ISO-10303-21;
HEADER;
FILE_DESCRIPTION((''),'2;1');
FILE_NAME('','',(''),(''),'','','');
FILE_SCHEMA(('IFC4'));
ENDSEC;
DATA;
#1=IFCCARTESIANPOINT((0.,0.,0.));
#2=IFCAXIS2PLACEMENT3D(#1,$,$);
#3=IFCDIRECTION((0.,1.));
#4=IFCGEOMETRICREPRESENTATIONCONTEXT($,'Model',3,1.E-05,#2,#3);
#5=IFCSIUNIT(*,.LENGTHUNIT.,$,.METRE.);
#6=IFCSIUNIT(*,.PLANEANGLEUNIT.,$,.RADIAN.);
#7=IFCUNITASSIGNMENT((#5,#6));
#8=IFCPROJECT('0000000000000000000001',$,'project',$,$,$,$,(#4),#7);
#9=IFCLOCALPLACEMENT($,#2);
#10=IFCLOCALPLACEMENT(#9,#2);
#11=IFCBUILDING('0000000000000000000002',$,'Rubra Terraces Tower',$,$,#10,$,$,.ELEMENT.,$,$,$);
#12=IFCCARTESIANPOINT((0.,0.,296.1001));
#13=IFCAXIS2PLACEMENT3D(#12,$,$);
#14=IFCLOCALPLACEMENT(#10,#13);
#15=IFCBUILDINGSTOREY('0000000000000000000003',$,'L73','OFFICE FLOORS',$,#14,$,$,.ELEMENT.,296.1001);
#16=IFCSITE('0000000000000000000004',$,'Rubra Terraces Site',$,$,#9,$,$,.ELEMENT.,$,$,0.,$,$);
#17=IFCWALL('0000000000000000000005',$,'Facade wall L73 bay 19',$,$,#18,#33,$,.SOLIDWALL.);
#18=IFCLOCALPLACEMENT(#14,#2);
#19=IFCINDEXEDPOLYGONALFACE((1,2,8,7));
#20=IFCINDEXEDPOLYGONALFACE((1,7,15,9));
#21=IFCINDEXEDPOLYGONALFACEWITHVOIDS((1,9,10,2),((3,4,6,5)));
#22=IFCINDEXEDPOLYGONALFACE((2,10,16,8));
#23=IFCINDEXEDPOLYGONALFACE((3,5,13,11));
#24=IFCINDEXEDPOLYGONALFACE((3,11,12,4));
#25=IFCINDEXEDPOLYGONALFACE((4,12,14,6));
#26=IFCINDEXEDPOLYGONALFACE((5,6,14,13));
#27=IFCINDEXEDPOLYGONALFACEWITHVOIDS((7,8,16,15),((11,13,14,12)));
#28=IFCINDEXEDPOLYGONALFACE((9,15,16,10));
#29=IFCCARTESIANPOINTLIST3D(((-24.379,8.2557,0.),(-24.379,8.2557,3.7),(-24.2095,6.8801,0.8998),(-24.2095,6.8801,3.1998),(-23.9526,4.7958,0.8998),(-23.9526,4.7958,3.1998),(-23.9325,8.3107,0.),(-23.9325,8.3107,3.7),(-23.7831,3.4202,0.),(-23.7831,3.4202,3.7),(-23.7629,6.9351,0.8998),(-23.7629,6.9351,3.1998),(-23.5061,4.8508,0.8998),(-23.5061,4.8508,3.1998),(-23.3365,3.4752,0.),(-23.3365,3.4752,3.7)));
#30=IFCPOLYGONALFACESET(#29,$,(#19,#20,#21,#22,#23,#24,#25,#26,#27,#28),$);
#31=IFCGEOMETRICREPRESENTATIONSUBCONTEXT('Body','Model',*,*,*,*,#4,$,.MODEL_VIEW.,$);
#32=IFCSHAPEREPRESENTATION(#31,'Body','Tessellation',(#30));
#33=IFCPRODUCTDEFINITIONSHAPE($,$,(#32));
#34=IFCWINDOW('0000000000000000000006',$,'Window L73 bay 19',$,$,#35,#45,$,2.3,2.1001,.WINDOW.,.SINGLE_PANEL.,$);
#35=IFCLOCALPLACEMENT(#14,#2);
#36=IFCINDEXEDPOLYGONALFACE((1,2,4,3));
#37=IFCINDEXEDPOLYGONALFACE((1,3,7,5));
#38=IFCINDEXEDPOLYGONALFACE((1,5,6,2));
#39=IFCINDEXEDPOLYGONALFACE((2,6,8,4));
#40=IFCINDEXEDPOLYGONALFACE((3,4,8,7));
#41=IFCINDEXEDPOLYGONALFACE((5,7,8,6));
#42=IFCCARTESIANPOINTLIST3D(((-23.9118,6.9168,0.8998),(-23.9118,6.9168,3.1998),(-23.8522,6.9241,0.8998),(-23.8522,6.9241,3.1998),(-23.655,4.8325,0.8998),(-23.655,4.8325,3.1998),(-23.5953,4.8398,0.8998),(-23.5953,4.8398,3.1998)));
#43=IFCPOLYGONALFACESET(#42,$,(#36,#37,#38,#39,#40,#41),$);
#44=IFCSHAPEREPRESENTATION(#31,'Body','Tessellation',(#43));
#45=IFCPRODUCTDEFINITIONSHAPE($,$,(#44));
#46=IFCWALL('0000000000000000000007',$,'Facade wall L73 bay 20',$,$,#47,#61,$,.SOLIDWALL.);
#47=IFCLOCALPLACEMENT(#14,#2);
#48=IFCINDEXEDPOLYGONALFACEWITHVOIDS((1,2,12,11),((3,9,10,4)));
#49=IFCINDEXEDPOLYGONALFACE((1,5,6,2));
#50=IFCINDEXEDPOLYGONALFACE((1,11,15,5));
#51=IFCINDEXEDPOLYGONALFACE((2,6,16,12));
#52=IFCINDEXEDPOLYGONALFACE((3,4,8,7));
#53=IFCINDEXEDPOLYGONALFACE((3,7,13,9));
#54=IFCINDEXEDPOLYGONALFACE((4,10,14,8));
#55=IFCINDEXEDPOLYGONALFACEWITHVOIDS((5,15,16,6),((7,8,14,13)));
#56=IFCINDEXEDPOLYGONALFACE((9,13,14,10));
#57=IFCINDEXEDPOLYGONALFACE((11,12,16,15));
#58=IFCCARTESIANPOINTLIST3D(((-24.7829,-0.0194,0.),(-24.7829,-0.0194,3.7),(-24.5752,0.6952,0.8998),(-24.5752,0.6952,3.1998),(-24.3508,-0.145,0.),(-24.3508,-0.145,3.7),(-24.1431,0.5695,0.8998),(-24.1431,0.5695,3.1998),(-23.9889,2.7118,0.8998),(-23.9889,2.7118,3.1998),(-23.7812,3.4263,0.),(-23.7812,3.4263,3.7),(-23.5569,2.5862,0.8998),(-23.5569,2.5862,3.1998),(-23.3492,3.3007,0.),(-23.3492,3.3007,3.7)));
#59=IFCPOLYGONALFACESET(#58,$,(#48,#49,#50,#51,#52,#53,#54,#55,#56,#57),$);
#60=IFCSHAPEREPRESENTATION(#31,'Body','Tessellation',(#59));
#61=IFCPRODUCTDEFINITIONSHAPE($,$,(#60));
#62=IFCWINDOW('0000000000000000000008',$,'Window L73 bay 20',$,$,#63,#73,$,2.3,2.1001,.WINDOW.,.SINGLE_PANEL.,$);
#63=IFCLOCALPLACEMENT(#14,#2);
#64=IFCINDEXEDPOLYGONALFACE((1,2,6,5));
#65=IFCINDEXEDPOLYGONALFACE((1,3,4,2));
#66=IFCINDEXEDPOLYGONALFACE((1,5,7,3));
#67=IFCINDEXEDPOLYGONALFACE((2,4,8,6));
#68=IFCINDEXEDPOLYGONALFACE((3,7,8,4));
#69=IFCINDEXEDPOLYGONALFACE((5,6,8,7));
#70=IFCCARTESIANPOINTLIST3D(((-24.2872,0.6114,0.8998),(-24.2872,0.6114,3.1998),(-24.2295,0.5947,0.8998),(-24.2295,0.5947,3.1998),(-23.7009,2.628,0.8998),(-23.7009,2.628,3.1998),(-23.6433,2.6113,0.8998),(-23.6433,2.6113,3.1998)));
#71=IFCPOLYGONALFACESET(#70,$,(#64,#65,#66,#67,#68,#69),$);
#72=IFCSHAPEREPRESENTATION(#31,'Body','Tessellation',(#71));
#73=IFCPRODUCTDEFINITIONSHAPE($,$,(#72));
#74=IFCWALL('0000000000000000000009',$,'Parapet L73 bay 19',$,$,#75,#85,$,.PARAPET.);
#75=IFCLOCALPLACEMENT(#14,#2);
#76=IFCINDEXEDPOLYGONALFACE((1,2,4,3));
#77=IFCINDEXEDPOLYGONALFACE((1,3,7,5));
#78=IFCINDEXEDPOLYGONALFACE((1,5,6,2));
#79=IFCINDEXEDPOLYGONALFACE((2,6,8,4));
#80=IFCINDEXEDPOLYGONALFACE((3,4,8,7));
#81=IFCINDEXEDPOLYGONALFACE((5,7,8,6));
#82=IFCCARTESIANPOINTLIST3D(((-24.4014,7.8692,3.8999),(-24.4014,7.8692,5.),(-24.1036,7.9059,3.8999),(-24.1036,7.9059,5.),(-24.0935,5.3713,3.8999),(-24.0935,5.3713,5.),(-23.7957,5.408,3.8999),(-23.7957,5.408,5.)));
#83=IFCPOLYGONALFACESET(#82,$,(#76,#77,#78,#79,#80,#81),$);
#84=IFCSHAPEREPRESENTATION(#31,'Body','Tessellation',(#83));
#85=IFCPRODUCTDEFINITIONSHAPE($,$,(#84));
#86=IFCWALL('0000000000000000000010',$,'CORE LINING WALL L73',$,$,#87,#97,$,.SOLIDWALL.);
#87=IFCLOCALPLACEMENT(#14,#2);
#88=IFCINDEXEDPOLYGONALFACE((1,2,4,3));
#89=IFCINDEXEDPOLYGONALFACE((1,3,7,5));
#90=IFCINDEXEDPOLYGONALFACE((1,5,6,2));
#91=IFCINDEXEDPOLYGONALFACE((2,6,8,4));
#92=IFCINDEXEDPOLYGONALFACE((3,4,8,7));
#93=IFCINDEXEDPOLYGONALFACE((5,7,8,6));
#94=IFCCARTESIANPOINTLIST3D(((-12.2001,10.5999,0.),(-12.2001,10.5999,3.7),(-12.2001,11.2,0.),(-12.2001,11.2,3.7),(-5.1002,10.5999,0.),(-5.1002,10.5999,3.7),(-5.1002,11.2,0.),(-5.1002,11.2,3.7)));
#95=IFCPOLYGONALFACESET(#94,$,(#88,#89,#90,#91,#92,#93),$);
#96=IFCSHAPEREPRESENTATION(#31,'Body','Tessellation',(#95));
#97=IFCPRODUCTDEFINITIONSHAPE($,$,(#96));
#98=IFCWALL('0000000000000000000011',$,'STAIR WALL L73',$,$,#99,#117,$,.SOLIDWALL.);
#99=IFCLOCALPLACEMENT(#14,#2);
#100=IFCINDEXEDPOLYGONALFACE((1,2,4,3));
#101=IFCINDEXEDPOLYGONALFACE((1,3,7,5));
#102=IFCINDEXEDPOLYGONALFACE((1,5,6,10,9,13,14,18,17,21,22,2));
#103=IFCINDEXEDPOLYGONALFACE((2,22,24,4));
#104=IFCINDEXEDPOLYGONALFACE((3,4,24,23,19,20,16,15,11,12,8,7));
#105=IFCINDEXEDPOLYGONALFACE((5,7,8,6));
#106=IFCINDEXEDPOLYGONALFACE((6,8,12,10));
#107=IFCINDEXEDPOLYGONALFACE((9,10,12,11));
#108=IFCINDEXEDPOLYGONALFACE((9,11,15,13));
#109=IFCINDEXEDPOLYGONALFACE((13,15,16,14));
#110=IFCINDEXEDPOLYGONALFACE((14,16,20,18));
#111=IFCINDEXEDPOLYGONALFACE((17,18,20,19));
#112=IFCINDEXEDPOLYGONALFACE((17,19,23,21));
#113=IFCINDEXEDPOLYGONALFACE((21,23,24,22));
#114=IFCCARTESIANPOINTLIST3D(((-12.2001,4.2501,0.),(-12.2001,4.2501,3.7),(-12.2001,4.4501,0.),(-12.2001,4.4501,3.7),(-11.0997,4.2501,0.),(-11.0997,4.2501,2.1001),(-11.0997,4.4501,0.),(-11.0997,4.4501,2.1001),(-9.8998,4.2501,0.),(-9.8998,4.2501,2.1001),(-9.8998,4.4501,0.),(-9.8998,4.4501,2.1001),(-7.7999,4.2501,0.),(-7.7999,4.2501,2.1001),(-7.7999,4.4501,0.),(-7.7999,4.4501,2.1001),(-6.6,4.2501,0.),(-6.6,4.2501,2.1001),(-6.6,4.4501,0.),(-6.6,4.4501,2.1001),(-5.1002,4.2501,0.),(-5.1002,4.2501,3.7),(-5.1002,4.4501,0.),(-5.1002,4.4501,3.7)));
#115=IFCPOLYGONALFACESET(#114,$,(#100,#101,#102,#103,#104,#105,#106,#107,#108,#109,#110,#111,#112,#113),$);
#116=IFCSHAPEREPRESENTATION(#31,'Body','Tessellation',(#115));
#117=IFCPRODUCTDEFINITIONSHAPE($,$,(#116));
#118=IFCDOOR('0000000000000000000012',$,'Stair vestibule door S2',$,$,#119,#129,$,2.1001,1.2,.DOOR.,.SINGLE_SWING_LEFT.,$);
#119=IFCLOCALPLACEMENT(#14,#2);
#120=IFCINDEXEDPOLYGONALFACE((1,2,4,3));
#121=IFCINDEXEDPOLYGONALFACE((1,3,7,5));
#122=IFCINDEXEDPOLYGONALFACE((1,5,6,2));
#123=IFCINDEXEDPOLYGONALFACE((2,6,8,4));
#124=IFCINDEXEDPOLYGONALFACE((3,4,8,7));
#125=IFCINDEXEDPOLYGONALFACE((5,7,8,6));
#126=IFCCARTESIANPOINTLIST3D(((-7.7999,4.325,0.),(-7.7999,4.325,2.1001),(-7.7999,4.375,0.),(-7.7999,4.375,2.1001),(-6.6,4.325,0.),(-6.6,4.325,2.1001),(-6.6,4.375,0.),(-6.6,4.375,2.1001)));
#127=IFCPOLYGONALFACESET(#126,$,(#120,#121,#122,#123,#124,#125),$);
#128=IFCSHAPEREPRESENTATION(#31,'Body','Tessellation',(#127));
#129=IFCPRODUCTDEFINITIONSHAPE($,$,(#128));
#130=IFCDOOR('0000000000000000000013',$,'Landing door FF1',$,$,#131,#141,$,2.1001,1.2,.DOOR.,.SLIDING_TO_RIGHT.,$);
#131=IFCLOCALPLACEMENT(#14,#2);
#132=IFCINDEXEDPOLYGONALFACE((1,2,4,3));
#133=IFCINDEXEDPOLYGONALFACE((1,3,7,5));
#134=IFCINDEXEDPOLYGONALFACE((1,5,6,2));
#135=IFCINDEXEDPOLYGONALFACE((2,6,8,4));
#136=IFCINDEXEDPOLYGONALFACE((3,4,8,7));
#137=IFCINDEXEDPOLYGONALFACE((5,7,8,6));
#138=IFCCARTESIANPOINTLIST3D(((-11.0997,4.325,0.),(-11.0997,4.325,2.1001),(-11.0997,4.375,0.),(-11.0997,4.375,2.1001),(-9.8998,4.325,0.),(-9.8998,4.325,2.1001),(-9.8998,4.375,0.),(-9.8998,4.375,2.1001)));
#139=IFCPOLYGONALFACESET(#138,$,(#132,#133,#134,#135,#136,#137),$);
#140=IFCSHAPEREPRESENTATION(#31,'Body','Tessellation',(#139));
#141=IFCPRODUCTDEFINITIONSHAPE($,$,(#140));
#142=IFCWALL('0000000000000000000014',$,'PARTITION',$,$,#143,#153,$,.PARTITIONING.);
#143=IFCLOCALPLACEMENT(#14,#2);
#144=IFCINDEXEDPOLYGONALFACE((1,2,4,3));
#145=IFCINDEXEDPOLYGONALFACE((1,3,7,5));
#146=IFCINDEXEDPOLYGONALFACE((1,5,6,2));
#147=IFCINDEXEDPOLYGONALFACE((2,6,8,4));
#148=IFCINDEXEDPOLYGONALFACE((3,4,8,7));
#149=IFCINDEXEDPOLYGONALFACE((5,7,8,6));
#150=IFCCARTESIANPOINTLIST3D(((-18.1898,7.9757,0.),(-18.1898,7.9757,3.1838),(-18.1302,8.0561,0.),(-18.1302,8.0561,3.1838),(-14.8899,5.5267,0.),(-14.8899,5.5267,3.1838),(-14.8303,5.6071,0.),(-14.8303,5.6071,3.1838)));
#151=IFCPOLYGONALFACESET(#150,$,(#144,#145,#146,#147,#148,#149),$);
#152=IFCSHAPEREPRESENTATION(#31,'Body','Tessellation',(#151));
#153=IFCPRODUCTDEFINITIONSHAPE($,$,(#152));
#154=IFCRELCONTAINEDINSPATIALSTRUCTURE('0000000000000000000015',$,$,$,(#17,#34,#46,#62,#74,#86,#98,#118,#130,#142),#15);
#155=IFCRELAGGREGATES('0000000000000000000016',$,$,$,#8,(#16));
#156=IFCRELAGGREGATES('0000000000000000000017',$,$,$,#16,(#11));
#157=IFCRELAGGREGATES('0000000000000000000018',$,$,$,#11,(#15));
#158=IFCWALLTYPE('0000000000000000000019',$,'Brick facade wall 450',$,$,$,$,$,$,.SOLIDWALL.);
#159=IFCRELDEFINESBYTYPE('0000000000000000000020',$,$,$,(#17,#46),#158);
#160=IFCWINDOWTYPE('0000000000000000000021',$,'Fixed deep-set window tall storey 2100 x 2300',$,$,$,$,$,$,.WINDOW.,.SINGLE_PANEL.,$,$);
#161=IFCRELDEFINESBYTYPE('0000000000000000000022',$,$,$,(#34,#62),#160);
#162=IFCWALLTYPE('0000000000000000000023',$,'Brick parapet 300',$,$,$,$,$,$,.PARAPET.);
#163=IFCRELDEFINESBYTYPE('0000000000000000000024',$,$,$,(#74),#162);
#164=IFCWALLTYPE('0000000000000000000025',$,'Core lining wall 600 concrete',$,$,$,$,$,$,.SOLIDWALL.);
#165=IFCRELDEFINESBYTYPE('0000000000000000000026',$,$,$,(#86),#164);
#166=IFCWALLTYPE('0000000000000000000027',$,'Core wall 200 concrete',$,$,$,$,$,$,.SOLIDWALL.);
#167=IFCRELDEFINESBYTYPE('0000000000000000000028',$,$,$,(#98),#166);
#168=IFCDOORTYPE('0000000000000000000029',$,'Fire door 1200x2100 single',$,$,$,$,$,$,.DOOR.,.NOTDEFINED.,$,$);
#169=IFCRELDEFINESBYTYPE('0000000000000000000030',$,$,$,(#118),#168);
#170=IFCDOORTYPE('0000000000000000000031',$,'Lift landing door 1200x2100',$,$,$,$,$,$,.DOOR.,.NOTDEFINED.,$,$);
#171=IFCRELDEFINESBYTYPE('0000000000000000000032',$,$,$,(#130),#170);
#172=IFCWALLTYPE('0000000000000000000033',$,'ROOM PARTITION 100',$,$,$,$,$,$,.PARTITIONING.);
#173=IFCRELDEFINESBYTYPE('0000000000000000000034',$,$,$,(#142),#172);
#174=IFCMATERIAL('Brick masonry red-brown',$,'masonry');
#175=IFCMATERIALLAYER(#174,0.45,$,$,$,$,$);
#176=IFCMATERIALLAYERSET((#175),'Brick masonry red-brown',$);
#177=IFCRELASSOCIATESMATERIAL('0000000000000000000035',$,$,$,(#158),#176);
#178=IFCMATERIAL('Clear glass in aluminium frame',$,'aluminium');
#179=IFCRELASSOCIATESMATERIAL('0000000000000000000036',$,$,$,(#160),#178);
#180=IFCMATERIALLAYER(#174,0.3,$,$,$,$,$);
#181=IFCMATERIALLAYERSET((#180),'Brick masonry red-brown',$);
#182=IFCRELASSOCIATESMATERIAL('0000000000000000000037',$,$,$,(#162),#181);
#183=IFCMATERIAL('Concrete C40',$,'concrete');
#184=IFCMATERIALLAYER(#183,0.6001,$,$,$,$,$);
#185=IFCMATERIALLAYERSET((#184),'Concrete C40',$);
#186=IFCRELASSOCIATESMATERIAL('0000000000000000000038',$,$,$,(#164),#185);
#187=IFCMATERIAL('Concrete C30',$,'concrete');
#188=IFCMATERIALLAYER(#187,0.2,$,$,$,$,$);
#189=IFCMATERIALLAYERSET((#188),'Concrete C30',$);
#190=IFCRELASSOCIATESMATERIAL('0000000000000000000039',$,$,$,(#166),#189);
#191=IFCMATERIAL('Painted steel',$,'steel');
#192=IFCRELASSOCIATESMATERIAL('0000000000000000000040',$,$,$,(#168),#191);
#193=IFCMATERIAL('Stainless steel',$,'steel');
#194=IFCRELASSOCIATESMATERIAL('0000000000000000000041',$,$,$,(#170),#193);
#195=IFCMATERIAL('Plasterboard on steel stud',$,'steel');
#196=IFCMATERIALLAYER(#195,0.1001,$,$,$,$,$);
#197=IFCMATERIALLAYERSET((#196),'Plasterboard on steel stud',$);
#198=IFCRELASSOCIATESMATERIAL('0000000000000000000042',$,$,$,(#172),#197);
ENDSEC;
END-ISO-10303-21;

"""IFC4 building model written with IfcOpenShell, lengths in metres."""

from ifc_helpers import new_model, si_unit, direction, frame, frame_2d, origin, place, context, subcontext, project, spatial, rectangle, extrude, material, layer, layer_set, type_object, element, fill, save


model = new_model("IFC4")

# Units and contexts
model_context = context("Model", 3, precision=1e-05, world=origin(), true_north=direction((0.0, 1.0)))
body_context = subcontext(model_context, "Body", "Model", "MODEL_VIEW")
ifc_project = project(units=[si_unit("LENGTHUNIT", "METRE"), si_unit("PLANEANGLEUNIT", "RADIAN")], contexts=[model_context])

# Site, building, storey
site_placement = place(None, origin())
site = spatial("IfcSite", under=ifc_project, at=site_placement, Name="Rubra Terraces Site", CompositionType="ELEMENT", RefElevation=0.0)
building_placement = place(site_placement, origin())
building = spatial("IfcBuilding", under=site, at=building_placement, Name="Rubra Terraces Tower", CompositionType="ELEMENT")
storey_placement = place(building_placement, frame((0.0, 0.0, 296.1001)))
storey = spatial("IfcBuildingStorey", under=building, at=storey_placement, Name="L73", Description="OFFICE FLOORS", CompositionType="ELEMENT", Elevation=296.1001)

# Walls, openings, windows
ifc_material_1 = material(Name="Brick masonry red-brown", Category="masonry")
ifc_layer_1 = layer(ifc_material_1, 0.45)
ifc_layer_set_1 = layer_set([ifc_layer_1], Name="Brick masonry red-brown")
wall_type_1 = type_object("IfcWallType", Name="Brick facade wall 450", PredefinedType="SOLIDWALL", material=ifc_layer_set_1)
wall_1_placement = place(storey_placement, frame((-24.1558, 8.2832, 0.0), z_axis=(0.0, 0.0, 1.0), x_axis=(0.12232, -0.992491, 0.0)))
wall_1 = element("IfcWall", 1, at=wall_1_placement, inside=storey, type_object=wall_type_1, Name="Facade wall L73 bay 19", PredefinedType="SOLIDWALL", context=body_context, shape_type="SweptSolid", body=[
    extrude(rectangle(XDim=4.8721, YDim=0.45, at=frame_2d((2.436, 0.0))), origin(), (0.0, 0.0, 1.0), 3.7),
])
opening_1_placement = place(wall_1_placement, frame((1.386, 0.0, 0.8999)))
opening_1 = element("IfcOpeningElement", 2, at=opening_1_placement, cuts=wall_1, PredefinedType="OPENING", context=body_context, shape_type="SweptSolid", body=[
    extrude(rectangle(XDim=2.1001, YDim=2.3, at=frame_2d((1.05, 1.1499))), frame((0.0, 0.2349, 0.0), z_axis=(0.0, -1.0, 0.0), x_axis=(1.0, 0.0, 0.0)), (0.0, 0.0, 1.0), 0.47),
])
ifc_material_2 = material(Name="Clear glass in aluminium frame", Category="aluminium")
window_type = type_object("IfcWindowType", Name="Fixed deep-set window tall storey 2100 x 2300", PartitioningType="SINGLE_PANEL", PredefinedType="WINDOW", material=ifc_material_2)
window_1_placement = place(opening_1_placement, origin())
window_1 = element("IfcWindow", 3, at=window_1_placement, inside=storey, type_object=window_type, Name="Window L73 bay 19", OverallHeight=2.3, OverallWidth=2.1001, PartitioningType="SINGLE_PANEL", PredefinedType="WINDOW", context=body_context, shape_type="SweptSolid", body=[
    extrude(rectangle(XDim=2.1001, YDim=2.3, at=frame_2d((1.05, 1.1499))), frame((0.0, 0.135, 0.0), z_axis=(0.0, -1.0, 0.0), x_axis=(1.0, 0.0, 0.0)), (0.0, 0.0, 1.0), 0.0601),
])
fill(opening_1, window_1)
wall_2_placement = place(storey_placement, frame((-23.5652, 3.3635, 0.0), z_axis=(0.0, 0.0, 1.0), x_axis=(-0.279148, -0.960248, 0.0)))
wall_2 = element("IfcWall", 4, at=wall_2_placement, inside=storey, type_object=wall_type_1, Name="Facade wall L73 bay 20", PredefinedType="SOLIDWALL", context=body_context, shape_type="SweptSolid", body=[
    extrude(rectangle(XDim=3.5884, YDim=0.45, at=frame_2d((1.7942, 0.0))), origin(), (0.0, 0.0, 1.0), 3.7),
])
opening_2_placement = place(wall_2_placement, frame((0.7441, 0.0, 0.8999)))
opening_2 = element("IfcOpeningElement", 5, at=opening_2_placement, cuts=wall_2, PredefinedType="OPENING", context=body_context, shape_type="SweptSolid", body=[
    extrude(rectangle(XDim=2.1001, YDim=2.3, at=frame_2d((1.05, 1.1499))), frame((0.0, 0.2349, 0.0), z_axis=(0.0, -1.0, 0.0), x_axis=(1.0, 0.0, 0.0)), (0.0, 0.0, 1.0), 0.47),
])
window_2_placement = place(opening_2_placement, origin())
window_2 = element("IfcWindow", 6, at=window_2_placement, inside=storey, type_object=window_type, Name="Window L73 bay 20", OverallHeight=2.3, OverallWidth=2.1001, PartitioningType="SINGLE_PANEL", PredefinedType="WINDOW", context=body_context, shape_type="SweptSolid", body=[
    extrude(rectangle(XDim=2.1001, YDim=2.3, at=frame_2d((1.05, 1.1499))), frame((0.0, 0.135, 0.0), z_axis=(0.0, -1.0, 0.0), x_axis=(1.0, 0.0, 0.0)), (0.0, 0.0, 1.0), 0.0601),
])
fill(opening_2, window_2)

# Walls
ifc_layer_2 = layer(ifc_material_1, 0.3)
ifc_layer_set_2 = layer_set([ifc_layer_2], Name="Brick masonry red-brown")
wall_type_2 = type_object("IfcWallType", Name="Brick parapet 300", PredefinedType="PARAPET", material=ifc_layer_set_2)
wall_3_placement = place(storey_placement, frame((-24.2524, 7.8875, 3.8999), z_axis=(0.0, 0.0, 1.0), x_axis=(0.122315, -0.992491, 0.0)))
element("IfcWall", 7, at=wall_3_placement, inside=storey, type_object=wall_type_2, Name="Parapet L73 bay 19", PredefinedType="PARAPET", context=body_context, shape_type="SweptSolid", body=[
    extrude(rectangle(XDim=2.5168, YDim=0.3, at=frame_2d((1.2583, 0.0))), origin(), (0.0, 0.0, 1.0), 1.1001),
])
ifc_material_3 = material(Name="Concrete C40", Category="concrete")
ifc_layer_3 = layer(ifc_material_3, 0.6001)
ifc_layer_set_3 = layer_set([ifc_layer_3], Name="Concrete C40")
wall_type_3 = type_object("IfcWallType", Name="Core lining wall 600 concrete", PredefinedType="SOLIDWALL", material=ifc_layer_set_3)
wall_4_placement = place(storey_placement, frame((-12.2, 10.8999, 0.0), z_axis=(0.0, 0.0, 1.0), x_axis=(1.0, 0.0, 0.0)))
element("IfcWall", 8, at=wall_4_placement, inside=storey, type_object=wall_type_3, Name="CORE LINING WALL L73", PredefinedType="SOLIDWALL", context=body_context, shape_type="SweptSolid", body=[
    extrude(rectangle(XDim=7.0999, YDim=0.6001, at=frame_2d((3.5498, 0.0))), origin(), (0.0, 0.0, 1.0), 3.7),
])

# Wall, openings, doors
ifc_material_4 = material(Name="Concrete C30", Category="concrete")
ifc_layer_4 = layer(ifc_material_4, 0.2)
ifc_layer_set_4 = layer_set([ifc_layer_4], Name="Concrete C30")
wall_type_4 = type_object("IfcWallType", Name="Core wall 200 concrete", PredefinedType="SOLIDWALL", material=ifc_layer_set_4)
wall_5_placement = place(storey_placement, frame((-12.2, 4.3501, 0.0), z_axis=(0.0, 0.0, 1.0), x_axis=(1.0, 0.0, 0.0)))
wall_5 = element("IfcWall", 9, at=wall_5_placement, inside=storey, type_object=wall_type_4, Name="STAIR WALL L73", PredefinedType="SOLIDWALL", context=body_context, shape_type="SweptSolid", body=[
    extrude(rectangle(XDim=7.0999, YDim=0.2, at=frame_2d((3.5498, 0.0))), origin(), (0.0, 0.0, 1.0), 3.7),
])
opening_3_placement = place(wall_5_placement, frame((4.3999, 0.0, 0.0)))
opening_3 = element("IfcOpeningElement", 10, at=opening_3_placement, cuts=wall_5, PredefinedType="OPENING", context=body_context, shape_type="SweptSolid", body=[
    extrude(rectangle(XDim=1.2, YDim=2.1001, at=frame_2d((0.6001, 1.05))), frame((0.0, 0.1099, 0.0), z_axis=(0.0, -1.0, 0.0), x_axis=(1.0, 0.0, 0.0)), (0.0, 0.0, 1.0), 0.22),
])
opening_4_placement = place(wall_5_placement, frame((1.1001, 0.0, 0.0)))
opening_4 = element("IfcOpeningElement", 11, at=opening_4_placement, cuts=wall_5, PredefinedType="OPENING", context=body_context, shape_type="SweptSolid", body=[
    extrude(rectangle(XDim=1.2, YDim=2.1001, at=frame_2d((0.6001, 1.05))), frame((0.0, 0.1099, 0.0), z_axis=(0.0, -1.0, 0.0), x_axis=(1.0, 0.0, 0.0)), (0.0, 0.0, 1.0), 0.22),
])
ifc_material_5 = material(Name="Painted steel", Category="steel")
door_type_1 = type_object("IfcDoorType", Name="Fire door 1200x2100 single", OperationType="NOTDEFINED", PredefinedType="DOOR", material=ifc_material_5)
door_1_placement = place(opening_3_placement, origin())
door_1 = element("IfcDoor", 12, at=door_1_placement, inside=storey, type_object=door_type_1, Name="Stair vestibule door S2", OperationType="SINGLE_SWING_LEFT", OverallHeight=2.1001, OverallWidth=1.2, PredefinedType="DOOR", context=body_context, shape_type="SweptSolid", body=[
    extrude(rectangle(XDim=1.2, YDim=2.1001, at=frame_2d((0.6001, 1.05))), frame((0.0, 0.0249, 0.0), z_axis=(0.0, -1.0, 0.0), x_axis=(1.0, 0.0, 0.0)), (0.0, 0.0, 1.0), 0.05),
])
fill(opening_3, door_1)
ifc_material_6 = material(Name="Stainless steel", Category="steel")
door_type_2 = type_object("IfcDoorType", Name="Lift landing door 1200x2100", OperationType="NOTDEFINED", PredefinedType="DOOR", material=ifc_material_6)
door_2_placement = place(opening_4_placement, origin())
door_2 = element("IfcDoor", 13, at=door_2_placement, inside=storey, type_object=door_type_2, Name="Landing door FF1", OperationType="SLIDING_TO_RIGHT", OverallHeight=2.1001, OverallWidth=1.2, PredefinedType="DOOR", context=body_context, shape_type="SweptSolid", body=[
    extrude(rectangle(XDim=1.2, YDim=2.1001, at=frame_2d((0.6001, 1.05))), frame((0.0, 0.0249, 0.0), z_axis=(0.0, -1.0, 0.0), x_axis=(1.0, 0.0, 0.0)), (0.0, 0.0, 1.0), 0.05),
])
fill(opening_4, door_2)

# Wall
ifc_material_7 = material(Name="Plasterboard on steel stud", Category="steel")
ifc_layer_5 = layer(ifc_material_7, 0.1001)
ifc_layer_set_5 = layer_set([ifc_layer_5], Name="Plasterboard on steel stud")
wall_type_5 = type_object("IfcWallType", Name="ROOM PARTITION 100", PredefinedType="PARTITIONING", material=ifc_layer_set_5)
wall_6_placement = place(storey_placement, frame((-14.8601, 5.5669, 0.0), z_axis=(0.0, 0.0, 1.0), x_axis=(-0.803013, 0.595962, 0.0)))
element("IfcWall", 14, at=wall_6_placement, inside=storey, type_object=wall_type_5, Name="PARTITION", PredefinedType="PARTITIONING", context=body_context, shape_type="SweptSolid", body=[
    extrude(rectangle(XDim=4.1094, YDim=0.1001, at=frame_2d((2.0547, 0.0))), origin(), (0.0, 0.0, 1.0), 3.1838),
])

save(model, "model.ifc")
